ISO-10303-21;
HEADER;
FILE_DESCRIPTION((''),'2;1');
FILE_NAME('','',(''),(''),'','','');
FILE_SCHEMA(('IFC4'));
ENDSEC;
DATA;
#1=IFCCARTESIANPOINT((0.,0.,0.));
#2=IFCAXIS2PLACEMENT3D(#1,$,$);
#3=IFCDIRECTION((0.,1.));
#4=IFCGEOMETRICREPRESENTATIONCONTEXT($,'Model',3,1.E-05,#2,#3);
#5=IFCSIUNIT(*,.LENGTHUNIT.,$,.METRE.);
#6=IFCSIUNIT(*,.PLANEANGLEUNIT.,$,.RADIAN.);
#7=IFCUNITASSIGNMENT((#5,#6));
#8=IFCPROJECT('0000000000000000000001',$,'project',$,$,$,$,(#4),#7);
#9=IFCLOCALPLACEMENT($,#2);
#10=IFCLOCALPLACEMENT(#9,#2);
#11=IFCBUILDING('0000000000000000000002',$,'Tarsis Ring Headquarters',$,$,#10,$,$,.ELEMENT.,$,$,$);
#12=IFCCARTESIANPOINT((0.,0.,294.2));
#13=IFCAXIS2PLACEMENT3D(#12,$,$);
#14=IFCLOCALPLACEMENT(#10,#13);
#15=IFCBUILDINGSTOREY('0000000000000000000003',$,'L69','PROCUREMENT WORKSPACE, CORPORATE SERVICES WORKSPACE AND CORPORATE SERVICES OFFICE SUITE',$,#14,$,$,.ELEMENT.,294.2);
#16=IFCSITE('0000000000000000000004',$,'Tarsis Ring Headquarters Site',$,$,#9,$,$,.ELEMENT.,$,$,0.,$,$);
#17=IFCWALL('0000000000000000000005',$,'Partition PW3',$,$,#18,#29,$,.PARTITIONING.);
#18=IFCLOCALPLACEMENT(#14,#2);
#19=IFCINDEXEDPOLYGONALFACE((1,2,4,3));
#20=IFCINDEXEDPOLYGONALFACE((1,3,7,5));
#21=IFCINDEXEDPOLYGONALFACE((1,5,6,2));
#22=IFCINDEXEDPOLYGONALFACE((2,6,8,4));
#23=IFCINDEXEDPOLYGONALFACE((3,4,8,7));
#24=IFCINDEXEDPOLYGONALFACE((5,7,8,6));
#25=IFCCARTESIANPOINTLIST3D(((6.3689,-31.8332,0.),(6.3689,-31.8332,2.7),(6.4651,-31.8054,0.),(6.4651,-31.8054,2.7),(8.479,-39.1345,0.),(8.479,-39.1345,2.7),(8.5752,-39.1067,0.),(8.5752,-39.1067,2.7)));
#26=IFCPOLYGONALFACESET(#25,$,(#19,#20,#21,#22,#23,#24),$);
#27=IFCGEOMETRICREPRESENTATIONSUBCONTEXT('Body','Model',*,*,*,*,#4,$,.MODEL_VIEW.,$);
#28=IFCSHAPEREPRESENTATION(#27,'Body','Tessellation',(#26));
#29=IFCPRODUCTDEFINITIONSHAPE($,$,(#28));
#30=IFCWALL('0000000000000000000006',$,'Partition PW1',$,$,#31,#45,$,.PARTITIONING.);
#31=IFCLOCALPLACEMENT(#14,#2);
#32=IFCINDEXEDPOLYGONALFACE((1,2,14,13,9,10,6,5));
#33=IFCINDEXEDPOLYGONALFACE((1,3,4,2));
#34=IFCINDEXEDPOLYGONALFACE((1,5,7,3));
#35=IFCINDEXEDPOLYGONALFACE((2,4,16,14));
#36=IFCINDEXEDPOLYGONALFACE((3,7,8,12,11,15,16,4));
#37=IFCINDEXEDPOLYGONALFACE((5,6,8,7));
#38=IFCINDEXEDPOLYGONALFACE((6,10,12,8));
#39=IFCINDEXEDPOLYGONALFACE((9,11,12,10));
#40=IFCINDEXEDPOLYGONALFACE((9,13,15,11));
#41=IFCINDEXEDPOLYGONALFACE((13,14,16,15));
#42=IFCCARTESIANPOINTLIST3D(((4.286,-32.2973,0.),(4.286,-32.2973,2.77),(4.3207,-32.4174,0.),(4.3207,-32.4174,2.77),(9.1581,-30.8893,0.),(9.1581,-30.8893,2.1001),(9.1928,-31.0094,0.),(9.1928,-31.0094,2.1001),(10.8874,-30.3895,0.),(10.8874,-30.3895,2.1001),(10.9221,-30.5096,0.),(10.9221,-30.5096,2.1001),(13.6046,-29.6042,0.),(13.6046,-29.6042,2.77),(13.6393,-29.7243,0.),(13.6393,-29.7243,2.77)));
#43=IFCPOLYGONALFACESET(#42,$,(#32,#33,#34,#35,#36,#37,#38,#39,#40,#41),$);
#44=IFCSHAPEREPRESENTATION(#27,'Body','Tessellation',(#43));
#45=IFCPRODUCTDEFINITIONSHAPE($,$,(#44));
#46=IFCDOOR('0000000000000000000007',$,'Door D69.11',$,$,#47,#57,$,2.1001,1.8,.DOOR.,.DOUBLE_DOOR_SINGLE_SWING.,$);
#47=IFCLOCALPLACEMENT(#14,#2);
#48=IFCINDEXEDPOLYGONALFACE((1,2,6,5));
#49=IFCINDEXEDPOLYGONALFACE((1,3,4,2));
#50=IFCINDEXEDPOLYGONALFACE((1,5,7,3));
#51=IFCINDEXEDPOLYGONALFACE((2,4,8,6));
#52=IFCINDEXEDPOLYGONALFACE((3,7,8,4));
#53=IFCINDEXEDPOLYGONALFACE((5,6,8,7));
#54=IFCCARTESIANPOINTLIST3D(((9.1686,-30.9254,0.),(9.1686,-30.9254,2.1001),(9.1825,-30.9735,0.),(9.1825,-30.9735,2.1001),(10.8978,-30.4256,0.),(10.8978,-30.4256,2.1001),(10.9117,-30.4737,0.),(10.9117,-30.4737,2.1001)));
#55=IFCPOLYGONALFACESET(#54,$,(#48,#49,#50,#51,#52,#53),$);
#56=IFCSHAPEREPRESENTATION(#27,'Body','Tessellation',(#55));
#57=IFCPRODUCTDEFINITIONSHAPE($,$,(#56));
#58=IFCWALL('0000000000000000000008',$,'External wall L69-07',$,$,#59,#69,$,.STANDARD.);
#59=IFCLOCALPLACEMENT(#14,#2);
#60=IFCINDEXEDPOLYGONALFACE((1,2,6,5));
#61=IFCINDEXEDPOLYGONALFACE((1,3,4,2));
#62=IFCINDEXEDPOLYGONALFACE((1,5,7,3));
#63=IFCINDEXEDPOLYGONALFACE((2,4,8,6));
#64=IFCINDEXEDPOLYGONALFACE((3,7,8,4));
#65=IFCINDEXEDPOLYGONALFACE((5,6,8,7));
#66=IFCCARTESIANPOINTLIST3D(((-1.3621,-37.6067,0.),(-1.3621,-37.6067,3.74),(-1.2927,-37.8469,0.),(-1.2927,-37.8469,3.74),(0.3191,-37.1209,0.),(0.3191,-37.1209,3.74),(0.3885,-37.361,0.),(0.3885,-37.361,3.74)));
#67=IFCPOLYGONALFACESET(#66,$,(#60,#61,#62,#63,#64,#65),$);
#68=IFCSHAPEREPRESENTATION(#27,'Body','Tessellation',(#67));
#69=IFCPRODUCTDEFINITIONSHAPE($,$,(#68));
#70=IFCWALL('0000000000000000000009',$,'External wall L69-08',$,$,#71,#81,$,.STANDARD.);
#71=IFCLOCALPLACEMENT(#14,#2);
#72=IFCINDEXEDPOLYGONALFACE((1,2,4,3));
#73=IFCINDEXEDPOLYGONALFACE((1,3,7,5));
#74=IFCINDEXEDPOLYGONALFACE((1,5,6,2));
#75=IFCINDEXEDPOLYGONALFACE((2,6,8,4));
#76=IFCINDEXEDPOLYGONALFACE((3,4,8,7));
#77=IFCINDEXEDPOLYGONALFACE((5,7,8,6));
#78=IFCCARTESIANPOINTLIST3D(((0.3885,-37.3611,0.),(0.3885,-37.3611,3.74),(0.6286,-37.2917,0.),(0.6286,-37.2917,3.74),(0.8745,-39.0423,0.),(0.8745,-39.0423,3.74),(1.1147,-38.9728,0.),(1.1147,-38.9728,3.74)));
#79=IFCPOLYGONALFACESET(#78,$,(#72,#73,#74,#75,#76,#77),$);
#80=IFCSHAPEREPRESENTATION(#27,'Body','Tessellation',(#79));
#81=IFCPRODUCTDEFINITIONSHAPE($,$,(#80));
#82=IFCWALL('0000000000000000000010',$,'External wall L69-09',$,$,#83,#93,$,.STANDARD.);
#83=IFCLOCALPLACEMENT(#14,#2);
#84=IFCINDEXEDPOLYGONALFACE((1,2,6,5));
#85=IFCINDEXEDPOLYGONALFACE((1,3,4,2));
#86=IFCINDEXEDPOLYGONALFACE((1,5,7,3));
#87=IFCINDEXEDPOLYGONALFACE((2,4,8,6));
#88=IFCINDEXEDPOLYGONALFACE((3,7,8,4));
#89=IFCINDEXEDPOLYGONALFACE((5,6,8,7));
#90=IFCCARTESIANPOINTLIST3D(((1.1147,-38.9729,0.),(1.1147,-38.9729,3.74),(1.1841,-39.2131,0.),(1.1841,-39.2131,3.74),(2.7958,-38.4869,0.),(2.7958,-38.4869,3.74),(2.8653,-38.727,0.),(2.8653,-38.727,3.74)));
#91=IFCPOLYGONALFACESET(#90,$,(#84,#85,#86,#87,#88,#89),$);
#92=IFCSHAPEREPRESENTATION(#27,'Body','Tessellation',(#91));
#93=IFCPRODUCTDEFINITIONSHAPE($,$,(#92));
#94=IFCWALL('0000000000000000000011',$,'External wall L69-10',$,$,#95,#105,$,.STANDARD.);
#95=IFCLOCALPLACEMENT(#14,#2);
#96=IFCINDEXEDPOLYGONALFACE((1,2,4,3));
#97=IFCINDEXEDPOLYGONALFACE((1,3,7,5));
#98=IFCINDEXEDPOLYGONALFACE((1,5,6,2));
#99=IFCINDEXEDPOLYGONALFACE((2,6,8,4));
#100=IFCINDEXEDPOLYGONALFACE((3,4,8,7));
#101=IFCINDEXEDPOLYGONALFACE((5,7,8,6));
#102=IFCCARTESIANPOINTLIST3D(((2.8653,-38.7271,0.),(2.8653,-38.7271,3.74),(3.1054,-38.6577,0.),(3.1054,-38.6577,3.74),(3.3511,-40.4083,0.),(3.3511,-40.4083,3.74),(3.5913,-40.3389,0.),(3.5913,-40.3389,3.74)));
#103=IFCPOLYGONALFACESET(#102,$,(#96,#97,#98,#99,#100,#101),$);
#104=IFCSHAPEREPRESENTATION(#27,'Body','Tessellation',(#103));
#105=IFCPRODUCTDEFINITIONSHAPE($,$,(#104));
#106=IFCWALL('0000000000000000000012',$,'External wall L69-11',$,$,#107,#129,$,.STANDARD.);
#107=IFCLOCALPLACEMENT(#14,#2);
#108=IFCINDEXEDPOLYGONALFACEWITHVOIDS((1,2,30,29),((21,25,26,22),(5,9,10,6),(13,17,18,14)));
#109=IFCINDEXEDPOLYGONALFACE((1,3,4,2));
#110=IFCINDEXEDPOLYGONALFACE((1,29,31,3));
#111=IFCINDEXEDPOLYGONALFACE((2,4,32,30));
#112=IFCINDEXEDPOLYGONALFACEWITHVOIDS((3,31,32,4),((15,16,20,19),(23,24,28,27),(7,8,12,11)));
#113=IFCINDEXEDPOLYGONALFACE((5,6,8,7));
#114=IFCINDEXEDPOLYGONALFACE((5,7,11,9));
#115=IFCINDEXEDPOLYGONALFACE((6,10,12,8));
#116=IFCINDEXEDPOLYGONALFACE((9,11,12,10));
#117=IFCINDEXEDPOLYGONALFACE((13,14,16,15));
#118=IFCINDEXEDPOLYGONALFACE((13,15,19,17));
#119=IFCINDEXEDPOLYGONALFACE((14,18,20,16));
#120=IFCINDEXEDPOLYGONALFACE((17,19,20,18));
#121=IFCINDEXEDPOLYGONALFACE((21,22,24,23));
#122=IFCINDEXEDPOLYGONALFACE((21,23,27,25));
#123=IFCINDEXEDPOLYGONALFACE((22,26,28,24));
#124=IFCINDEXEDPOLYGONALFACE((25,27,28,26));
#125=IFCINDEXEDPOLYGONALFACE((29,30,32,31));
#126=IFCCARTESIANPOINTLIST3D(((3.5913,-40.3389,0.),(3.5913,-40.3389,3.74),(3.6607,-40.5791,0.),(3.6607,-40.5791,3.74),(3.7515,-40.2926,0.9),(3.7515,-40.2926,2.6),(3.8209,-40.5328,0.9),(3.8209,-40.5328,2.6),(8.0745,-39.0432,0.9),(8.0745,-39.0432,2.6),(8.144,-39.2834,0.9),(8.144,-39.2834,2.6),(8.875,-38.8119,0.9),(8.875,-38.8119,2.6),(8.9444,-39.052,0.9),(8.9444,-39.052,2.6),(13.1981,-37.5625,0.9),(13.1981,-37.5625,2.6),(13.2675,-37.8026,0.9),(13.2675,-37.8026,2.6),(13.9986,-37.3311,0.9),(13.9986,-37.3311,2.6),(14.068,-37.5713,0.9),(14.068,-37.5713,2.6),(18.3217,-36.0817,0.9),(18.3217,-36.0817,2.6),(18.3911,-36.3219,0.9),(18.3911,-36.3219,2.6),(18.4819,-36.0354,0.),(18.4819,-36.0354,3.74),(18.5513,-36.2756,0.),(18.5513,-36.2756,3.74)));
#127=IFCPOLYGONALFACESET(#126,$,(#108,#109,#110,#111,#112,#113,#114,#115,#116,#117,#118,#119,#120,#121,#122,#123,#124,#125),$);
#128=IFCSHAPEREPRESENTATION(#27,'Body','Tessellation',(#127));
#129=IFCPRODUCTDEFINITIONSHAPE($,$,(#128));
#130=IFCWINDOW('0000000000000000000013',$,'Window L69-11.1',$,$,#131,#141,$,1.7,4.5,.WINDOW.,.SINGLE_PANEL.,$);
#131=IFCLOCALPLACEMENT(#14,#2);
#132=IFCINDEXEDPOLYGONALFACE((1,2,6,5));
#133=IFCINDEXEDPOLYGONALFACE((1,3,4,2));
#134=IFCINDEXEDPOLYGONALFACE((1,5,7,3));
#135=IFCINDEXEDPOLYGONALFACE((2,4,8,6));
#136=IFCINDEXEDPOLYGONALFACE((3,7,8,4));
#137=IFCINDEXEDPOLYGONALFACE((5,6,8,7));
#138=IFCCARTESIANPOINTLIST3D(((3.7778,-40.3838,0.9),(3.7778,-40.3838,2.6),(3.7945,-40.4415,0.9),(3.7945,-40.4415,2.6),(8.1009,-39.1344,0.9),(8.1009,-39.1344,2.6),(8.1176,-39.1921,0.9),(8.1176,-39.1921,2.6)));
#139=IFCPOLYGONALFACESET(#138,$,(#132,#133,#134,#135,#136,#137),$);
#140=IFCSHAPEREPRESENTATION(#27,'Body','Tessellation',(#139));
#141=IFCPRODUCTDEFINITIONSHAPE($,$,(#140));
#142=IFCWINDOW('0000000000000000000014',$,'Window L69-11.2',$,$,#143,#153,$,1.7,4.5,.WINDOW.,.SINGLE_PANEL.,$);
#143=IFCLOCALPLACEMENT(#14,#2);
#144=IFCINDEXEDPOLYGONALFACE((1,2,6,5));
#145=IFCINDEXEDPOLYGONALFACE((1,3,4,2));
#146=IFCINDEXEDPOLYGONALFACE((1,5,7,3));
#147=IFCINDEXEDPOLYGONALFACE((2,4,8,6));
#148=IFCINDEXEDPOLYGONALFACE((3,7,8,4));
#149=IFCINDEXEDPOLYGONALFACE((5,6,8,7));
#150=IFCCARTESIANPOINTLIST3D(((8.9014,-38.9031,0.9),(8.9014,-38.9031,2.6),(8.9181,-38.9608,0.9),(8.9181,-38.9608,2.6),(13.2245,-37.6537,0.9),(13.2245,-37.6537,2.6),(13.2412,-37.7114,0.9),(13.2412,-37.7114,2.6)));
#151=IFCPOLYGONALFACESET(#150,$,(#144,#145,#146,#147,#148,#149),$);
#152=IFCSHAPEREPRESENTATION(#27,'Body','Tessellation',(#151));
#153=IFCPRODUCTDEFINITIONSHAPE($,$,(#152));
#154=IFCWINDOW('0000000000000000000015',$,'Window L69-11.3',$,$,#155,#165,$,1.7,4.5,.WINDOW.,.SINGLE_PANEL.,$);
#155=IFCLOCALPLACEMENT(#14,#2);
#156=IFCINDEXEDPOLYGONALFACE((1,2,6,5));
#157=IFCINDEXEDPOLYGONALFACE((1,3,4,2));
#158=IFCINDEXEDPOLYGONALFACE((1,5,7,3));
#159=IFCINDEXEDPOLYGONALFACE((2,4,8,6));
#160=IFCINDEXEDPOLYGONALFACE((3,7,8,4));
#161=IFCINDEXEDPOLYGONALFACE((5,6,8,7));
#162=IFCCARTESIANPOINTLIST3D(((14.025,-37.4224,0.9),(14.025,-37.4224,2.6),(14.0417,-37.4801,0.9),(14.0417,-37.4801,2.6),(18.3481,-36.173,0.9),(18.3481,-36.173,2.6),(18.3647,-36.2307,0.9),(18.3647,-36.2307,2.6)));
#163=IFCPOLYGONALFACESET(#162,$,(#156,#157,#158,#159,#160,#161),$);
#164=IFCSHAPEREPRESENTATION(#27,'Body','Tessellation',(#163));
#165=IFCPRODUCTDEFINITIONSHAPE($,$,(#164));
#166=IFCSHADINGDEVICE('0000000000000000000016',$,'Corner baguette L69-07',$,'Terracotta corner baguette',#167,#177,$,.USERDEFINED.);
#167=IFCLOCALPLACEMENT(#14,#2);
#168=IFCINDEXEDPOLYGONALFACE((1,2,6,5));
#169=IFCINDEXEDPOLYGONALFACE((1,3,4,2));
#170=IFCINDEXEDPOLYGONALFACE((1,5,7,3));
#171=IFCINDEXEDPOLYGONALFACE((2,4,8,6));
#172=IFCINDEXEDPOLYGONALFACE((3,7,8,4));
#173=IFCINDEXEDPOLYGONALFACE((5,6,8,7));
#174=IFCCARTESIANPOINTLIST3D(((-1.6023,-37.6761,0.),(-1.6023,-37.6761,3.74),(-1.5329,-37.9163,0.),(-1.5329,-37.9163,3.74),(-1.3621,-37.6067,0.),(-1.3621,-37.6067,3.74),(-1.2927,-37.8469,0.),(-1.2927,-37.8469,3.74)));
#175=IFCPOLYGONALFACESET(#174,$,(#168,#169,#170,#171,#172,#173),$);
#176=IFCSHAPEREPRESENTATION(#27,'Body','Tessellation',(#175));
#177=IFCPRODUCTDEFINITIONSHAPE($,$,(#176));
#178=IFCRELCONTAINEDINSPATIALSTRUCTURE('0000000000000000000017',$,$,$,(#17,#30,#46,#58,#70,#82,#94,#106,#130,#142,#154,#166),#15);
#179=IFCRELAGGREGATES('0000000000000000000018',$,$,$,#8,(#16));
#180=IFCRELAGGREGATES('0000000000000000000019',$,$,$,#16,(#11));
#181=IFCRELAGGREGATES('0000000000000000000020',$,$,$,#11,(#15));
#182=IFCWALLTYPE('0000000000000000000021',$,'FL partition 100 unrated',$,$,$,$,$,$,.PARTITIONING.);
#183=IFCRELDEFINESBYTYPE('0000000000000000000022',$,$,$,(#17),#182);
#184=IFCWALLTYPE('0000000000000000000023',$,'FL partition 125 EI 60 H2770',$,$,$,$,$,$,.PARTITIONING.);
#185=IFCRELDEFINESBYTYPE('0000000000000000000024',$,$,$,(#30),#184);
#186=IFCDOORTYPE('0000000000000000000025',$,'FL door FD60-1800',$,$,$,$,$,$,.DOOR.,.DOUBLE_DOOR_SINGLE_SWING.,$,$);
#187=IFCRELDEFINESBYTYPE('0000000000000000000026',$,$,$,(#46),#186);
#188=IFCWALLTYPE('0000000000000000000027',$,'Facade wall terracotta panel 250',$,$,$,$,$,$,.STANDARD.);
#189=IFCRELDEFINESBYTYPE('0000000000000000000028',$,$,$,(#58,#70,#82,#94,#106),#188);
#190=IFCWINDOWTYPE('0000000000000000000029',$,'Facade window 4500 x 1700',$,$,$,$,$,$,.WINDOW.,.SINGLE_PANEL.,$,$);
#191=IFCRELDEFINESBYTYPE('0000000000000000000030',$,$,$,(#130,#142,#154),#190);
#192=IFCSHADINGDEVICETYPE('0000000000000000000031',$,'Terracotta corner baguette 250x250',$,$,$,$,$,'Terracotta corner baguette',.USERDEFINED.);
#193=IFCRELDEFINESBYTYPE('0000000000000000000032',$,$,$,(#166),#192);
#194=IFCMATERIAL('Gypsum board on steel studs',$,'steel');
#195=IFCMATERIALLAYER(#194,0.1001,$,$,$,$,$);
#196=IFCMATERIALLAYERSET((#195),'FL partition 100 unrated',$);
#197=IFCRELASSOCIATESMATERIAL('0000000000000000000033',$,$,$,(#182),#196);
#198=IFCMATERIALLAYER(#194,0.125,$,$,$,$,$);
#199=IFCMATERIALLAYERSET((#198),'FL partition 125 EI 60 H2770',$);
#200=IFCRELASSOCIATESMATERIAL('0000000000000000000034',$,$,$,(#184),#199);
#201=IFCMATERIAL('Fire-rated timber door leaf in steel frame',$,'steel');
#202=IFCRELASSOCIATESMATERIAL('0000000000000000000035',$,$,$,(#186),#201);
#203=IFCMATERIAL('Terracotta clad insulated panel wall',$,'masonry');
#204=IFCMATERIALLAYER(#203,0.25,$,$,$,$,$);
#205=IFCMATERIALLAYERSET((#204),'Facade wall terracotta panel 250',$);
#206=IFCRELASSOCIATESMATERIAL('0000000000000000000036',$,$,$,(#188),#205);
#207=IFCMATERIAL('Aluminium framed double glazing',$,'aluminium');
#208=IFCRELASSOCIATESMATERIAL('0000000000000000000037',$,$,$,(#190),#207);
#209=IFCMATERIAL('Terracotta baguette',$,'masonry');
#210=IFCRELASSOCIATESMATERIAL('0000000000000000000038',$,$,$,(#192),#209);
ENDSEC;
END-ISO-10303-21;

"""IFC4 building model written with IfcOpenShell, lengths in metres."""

from ifc_helpers import new_model, si_unit, direction, frame, frame_2d, origin, origin_2d, place, context, subcontext, project, spatial, rectangle, extrude, material, layer, layer_set, type_object, element, fill, save


model = new_model("IFC4")

# Units and contexts
model_context = context("Model", 3, precision=1e-05, world=origin(), true_north=direction((0.0, 1.0)))
body_context = subcontext(model_context, "Body", "Model", "MODEL_VIEW")
ifc_project = project(units=[si_unit("LENGTHUNIT", "METRE"), si_unit("PLANEANGLEUNIT", "RADIAN")], contexts=[model_context])

# Site, building, storey
site_placement = place(None, origin())
site = spatial("IfcSite", under=ifc_project, at=site_placement, Name="Tarsis Ring Headquarters Site", CompositionType="ELEMENT", RefElevation=0.0)
building_placement = place(site_placement, origin())
building = spatial("IfcBuilding", under=site, at=building_placement, Name="Tarsis Ring Headquarters", CompositionType="ELEMENT")
storey_placement = place(building_placement, frame((0.0, 0.0, 294.2)))
storey = spatial("IfcBuildingStorey", under=building, at=storey_placement, Name="L69", Description="PROCUREMENT WORKSPACE, CORPORATE SERVICES WORKSPACE AND CORPORATE SERVICES OFFICE SUITE", CompositionType="ELEMENT", Elevation=294.2)

# Wall
ifc_material_1 = material(Name="Gypsum board on steel studs", Category="steel")
ifc_layer_1 = layer(ifc_material_1, 0.1001)
ifc_layer_set_1 = layer_set([ifc_layer_1], Name="FL partition 100 unrated")
wall_type_1 = type_object("IfcWallType", Name="FL partition 100 unrated", PredefinedType="PARTITIONING", material=ifc_layer_set_1)
wall_1_placement = place(storey_placement, frame((6.417, -31.8193, 0.0), z_axis=(0.0, 0.0, 1.0), x_axis=(0.277643, -0.960684, 0.0)))
element("IfcWall", 1, at=wall_1_placement, inside=storey, type_object=wall_type_1, Name="Partition PW3", PredefinedType="PARTITIONING", context=body_context, shape_type="SweptSolid", body=[
    extrude(rectangle(XDim=7.6001, YDim=0.1001, at=frame_2d((3.8, 0.0))), origin(), (0.0, 0.0, 1.0), 2.7),
])

# Wall, opening, door
ifc_layer_2 = layer(ifc_material_1, 0.125)
ifc_layer_set_2 = layer_set([ifc_layer_2], Name="FL partition 125 EI 60 H2770")
wall_type_2 = type_object("IfcWallType", Name="FL partition 125 EI 60 H2770", PredefinedType="PARTITIONING", material=ifc_layer_set_2)
wall_2_placement = place(storey_placement, frame((4.3032, -32.3574, 0.0), z_axis=(0.0, 0.0, 1.0), x_axis=(0.960685, 0.277642, 0.0)))
wall_2 = element("IfcWall", 2, at=wall_2_placement, inside=storey, type_object=wall_type_2, Name="Partition PW1", PredefinedType="PARTITIONING", context=body_context, shape_type="SweptSolid", body=[
    extrude(rectangle(XDim=9.7, YDim=0.125, at=frame_2d((4.8501, 0.0))), origin(), (0.0, 0.0, 1.0), 2.77),
])
opening_1_placement = place(wall_2_placement, frame((5.0718, 0.0, 0.0)))
opening_1 = element("IfcOpeningElement", 3, at=opening_1_placement, cuts=wall_2, PredefinedType="OPENING", context=body_context, shape_type="SweptSolid", body=[
    extrude(rectangle(XDim=1.8, YDim=2.1001, at=frame_2d((0.8999, 1.05))), frame((0.0, 0.0725, 0.0), z_axis=(0.0, -1.0, 0.0), x_axis=(1.0, 0.0, 0.0)), (0.0, 0.0, 1.0), 0.145),
])
ifc_material_2 = material(Name="Fire-rated timber door leaf in steel frame", Category="steel")
door_type = type_object("IfcDoorType", Name="FL door FD60-1800", OperationType="DOUBLE_DOOR_SINGLE_SWING", PredefinedType="DOOR", material=ifc_material_2)
door_placement = place(opening_1_placement, origin())
door = element("IfcDoor", 4, at=door_placement, inside=storey, type_object=door_type, Name="Door D69.11", OperationType="DOUBLE_DOOR_SINGLE_SWING", OverallHeight=2.1001, OverallWidth=1.8, PredefinedType="DOOR", context=body_context, shape_type="SweptSolid", body=[
    extrude(rectangle(XDim=1.8, YDim=2.1001, at=frame_2d((0.8999, 1.05))), frame((0.0, 0.0249, 0.0), z_axis=(0.0, -1.0, 0.0), x_axis=(1.0, 0.0, 0.0)), (0.0, 0.0, 1.0), 0.05),
])
fill(opening_1, door)

# Walls
ifc_material_3 = material(Name="Terracotta clad insulated panel wall", Category="masonry")
ifc_layer_3 = layer(ifc_material_3, 0.25)
ifc_layer_set_3 = layer_set([ifc_layer_3], Name="Facade wall terracotta panel 250")
wall_type_3 = type_object("IfcWallType", Name="Facade wall terracotta panel 250", PredefinedType="STANDARD", material=ifc_layer_set_3)
for number, where, z_axis, x_axis, name in (
    (5, (-1.3274, -37.7268, 0.0), (0.0, 0.0, 1.0), (0.960688, 0.277631, 0.0), "External wall L69-07"),
    (6, (0.5085, -37.3264, 0.0), (0.0, 0.0, 1.0), (0.27776, -0.960651, 0.0), "External wall L69-08"),
    (7, (1.1494, -39.093, 0.0), (0.0, 0.0, 1.0), (0.960651, 0.27776, 0.0), "External wall L69-09"),
    (8, (2.9854, -38.6924, 0.0), (0.0, 0.0, 1.0), (0.277631, -0.960688, 0.0), "External wall L69-10"),
):
    element("IfcWall", number, at=place(storey_placement, frame(where, z_axis=z_axis, x_axis=x_axis)), inside=storey, type_object=wall_type_3, Name=name, PredefinedType="STANDARD", context=body_context, shape_type="SweptSolid", body=[
        extrude(rectangle(XDim=1.75, YDim=0.25, at=frame_2d((0.875, 0.0))), origin(), (0.0, 0.0, 1.0), 3.74),
    ])

# Wall, openings, windows
wall_3_placement = place(storey_placement, frame((3.626, -40.459, 0.0), z_axis=(0.0, 0.0, 1.0), x_axis=(0.960684, 0.277643, 0.0)))
wall_3 = element("IfcWall", 9, at=wall_3_placement, inside=storey, type_object=wall_type_3, Name="External wall L69-11", PredefinedType="STANDARD", context=body_context, shape_type="SweptSolid", body=[
    extrude(rectangle(XDim=15.5, YDim=0.25, at=frame_2d((7.75, 0.0))), origin(), (0.0, 0.0, 1.0), 3.74),
])
opening_2_placement = place(wall_3_placement, frame((0.1667, 0.0, 0.8999)))
opening_2 = element("IfcOpeningElement", 10, at=opening_2_placement, cuts=wall_3, PredefinedType="OPENING", context=body_context, shape_type="SweptSolid", body=[
    extrude(rectangle(XDim=4.5, YDim=1.7, at=frame_2d((2.25, 0.8501))), frame((0.0, 0.135, 0.0), z_axis=(0.0, -1.0, 0.0), x_axis=(1.0, 0.0, 0.0)), (0.0, 0.0, 1.0), 0.27),
])
opening_3_placement = place(wall_3_placement, frame((5.5, 0.0, 0.8999)))
opening_3 = element("IfcOpeningElement", 11, at=opening_3_placement, cuts=wall_3, PredefinedType="OPENING", context=body_context, shape_type="SweptSolid", body=[
    extrude(rectangle(XDim=4.5, YDim=1.7, at=frame_2d((2.25, 0.8501))), frame((0.0, 0.135, 0.0), z_axis=(0.0, -1.0, 0.0), x_axis=(1.0, 0.0, 0.0)), (0.0, 0.0, 1.0), 0.27),
])
opening_4_placement = place(wall_3_placement, frame((10.8333, 0.0, 0.8999)))
opening_4 = element("IfcOpeningElement", 12, at=opening_4_placement, cuts=wall_3, PredefinedType="OPENING", context=body_context, shape_type="SweptSolid", body=[
    extrude(rectangle(XDim=4.5, YDim=1.7, at=frame_2d((2.25, 0.8501))), frame((0.0, 0.135, 0.0), z_axis=(0.0, -1.0, 0.0), x_axis=(1.0, 0.0, 0.0)), (0.0, 0.0, 1.0), 0.27),
])
ifc_material_4 = material(Name="Aluminium framed double glazing", Category="aluminium")
window_type = type_object("IfcWindowType", Name="Facade window 4500 x 1700", PartitioningType="SINGLE_PANEL", PredefinedType="WINDOW", material=ifc_material_4)
window_1_placement = place(opening_2_placement, origin())
window_1 = element("IfcWindow", 13, at=window_1_placement, inside=storey, type_object=window_type, Name="Window L69-11.1", OverallHeight=1.7, OverallWidth=4.5, PartitioningType="SINGLE_PANEL", PredefinedType="WINDOW", context=body_context, shape_type="SweptSolid", body=[
    extrude(rectangle(XDim=4.5, YDim=1.7, at=frame_2d((2.25, 0.8501))), frame((0.0, 0.03, 0.0), z_axis=(0.0, -1.0, 0.0), x_axis=(1.0, 0.0, 0.0)), (0.0, 0.0, 1.0), 0.0601),
])
fill(opening_2, window_1)
window_2_placement = place(opening_3_placement, origin())
window_2 = element("IfcWindow", 14, at=window_2_placement, inside=storey, type_object=window_type, Name="Window L69-11.2", OverallHeight=1.7, OverallWidth=4.5, PartitioningType="SINGLE_PANEL", PredefinedType="WINDOW", context=body_context, shape_type="SweptSolid", body=[
    extrude(rectangle(XDim=4.5, YDim=1.7, at=frame_2d((2.25, 0.8501))), frame((0.0, 0.03, 0.0), z_axis=(0.0, -1.0, 0.0), x_axis=(1.0, 0.0, 0.0)), (0.0, 0.0, 1.0), 0.0601),
])
fill(opening_3, window_2)
window_3_placement = place(opening_4_placement, origin())
window_3 = element("IfcWindow", 15, at=window_3_placement, inside=storey, type_object=window_type, Name="Window L69-11.3", OverallHeight=1.7, OverallWidth=4.5, PartitioningType="SINGLE_PANEL", PredefinedType="WINDOW", context=body_context, shape_type="SweptSolid", body=[
    extrude(rectangle(XDim=4.5, YDim=1.7, at=frame_2d((2.25, 0.8501))), frame((0.0, 0.03, 0.0), z_axis=(0.0, -1.0, 0.0), x_axis=(1.0, 0.0, 0.0)), (0.0, 0.0, 1.0), 0.0601),
])
fill(opening_4, window_3)

# Shading device
ifc_material_5 = material(Name="Terracotta baguette", Category="masonry")
shading_device_type_1 = type_object("IfcShadingDeviceType", Name="Terracotta corner baguette 250x250", ElementType="Terracotta corner baguette", PredefinedType="USERDEFINED", material=ifc_material_5)
for number, where, z_axis, x_axis, name in (
    (16, (-1.4475, -37.7615, 0.0), (0.0, 0.0, 1.0), (0.27765, -0.960682, 0.0), "Corner baguette L69-07"),
):
    element("IfcShadingDevice", number, at=place(storey_placement, frame(where, z_axis=z_axis, x_axis=x_axis)), inside=storey, type_object=shading_device_type_1, Name=name, ObjectType="Terracotta corner baguette", PredefinedType="USERDEFINED", context=body_context, shape_type="SweptSolid", body=[
        extrude(rectangle(XDim=0.25, YDim=0.25, at=origin_2d()), origin(), (0.0, 0.0, 1.0), 3.74),
    ])

save(model, "model.ifc")
